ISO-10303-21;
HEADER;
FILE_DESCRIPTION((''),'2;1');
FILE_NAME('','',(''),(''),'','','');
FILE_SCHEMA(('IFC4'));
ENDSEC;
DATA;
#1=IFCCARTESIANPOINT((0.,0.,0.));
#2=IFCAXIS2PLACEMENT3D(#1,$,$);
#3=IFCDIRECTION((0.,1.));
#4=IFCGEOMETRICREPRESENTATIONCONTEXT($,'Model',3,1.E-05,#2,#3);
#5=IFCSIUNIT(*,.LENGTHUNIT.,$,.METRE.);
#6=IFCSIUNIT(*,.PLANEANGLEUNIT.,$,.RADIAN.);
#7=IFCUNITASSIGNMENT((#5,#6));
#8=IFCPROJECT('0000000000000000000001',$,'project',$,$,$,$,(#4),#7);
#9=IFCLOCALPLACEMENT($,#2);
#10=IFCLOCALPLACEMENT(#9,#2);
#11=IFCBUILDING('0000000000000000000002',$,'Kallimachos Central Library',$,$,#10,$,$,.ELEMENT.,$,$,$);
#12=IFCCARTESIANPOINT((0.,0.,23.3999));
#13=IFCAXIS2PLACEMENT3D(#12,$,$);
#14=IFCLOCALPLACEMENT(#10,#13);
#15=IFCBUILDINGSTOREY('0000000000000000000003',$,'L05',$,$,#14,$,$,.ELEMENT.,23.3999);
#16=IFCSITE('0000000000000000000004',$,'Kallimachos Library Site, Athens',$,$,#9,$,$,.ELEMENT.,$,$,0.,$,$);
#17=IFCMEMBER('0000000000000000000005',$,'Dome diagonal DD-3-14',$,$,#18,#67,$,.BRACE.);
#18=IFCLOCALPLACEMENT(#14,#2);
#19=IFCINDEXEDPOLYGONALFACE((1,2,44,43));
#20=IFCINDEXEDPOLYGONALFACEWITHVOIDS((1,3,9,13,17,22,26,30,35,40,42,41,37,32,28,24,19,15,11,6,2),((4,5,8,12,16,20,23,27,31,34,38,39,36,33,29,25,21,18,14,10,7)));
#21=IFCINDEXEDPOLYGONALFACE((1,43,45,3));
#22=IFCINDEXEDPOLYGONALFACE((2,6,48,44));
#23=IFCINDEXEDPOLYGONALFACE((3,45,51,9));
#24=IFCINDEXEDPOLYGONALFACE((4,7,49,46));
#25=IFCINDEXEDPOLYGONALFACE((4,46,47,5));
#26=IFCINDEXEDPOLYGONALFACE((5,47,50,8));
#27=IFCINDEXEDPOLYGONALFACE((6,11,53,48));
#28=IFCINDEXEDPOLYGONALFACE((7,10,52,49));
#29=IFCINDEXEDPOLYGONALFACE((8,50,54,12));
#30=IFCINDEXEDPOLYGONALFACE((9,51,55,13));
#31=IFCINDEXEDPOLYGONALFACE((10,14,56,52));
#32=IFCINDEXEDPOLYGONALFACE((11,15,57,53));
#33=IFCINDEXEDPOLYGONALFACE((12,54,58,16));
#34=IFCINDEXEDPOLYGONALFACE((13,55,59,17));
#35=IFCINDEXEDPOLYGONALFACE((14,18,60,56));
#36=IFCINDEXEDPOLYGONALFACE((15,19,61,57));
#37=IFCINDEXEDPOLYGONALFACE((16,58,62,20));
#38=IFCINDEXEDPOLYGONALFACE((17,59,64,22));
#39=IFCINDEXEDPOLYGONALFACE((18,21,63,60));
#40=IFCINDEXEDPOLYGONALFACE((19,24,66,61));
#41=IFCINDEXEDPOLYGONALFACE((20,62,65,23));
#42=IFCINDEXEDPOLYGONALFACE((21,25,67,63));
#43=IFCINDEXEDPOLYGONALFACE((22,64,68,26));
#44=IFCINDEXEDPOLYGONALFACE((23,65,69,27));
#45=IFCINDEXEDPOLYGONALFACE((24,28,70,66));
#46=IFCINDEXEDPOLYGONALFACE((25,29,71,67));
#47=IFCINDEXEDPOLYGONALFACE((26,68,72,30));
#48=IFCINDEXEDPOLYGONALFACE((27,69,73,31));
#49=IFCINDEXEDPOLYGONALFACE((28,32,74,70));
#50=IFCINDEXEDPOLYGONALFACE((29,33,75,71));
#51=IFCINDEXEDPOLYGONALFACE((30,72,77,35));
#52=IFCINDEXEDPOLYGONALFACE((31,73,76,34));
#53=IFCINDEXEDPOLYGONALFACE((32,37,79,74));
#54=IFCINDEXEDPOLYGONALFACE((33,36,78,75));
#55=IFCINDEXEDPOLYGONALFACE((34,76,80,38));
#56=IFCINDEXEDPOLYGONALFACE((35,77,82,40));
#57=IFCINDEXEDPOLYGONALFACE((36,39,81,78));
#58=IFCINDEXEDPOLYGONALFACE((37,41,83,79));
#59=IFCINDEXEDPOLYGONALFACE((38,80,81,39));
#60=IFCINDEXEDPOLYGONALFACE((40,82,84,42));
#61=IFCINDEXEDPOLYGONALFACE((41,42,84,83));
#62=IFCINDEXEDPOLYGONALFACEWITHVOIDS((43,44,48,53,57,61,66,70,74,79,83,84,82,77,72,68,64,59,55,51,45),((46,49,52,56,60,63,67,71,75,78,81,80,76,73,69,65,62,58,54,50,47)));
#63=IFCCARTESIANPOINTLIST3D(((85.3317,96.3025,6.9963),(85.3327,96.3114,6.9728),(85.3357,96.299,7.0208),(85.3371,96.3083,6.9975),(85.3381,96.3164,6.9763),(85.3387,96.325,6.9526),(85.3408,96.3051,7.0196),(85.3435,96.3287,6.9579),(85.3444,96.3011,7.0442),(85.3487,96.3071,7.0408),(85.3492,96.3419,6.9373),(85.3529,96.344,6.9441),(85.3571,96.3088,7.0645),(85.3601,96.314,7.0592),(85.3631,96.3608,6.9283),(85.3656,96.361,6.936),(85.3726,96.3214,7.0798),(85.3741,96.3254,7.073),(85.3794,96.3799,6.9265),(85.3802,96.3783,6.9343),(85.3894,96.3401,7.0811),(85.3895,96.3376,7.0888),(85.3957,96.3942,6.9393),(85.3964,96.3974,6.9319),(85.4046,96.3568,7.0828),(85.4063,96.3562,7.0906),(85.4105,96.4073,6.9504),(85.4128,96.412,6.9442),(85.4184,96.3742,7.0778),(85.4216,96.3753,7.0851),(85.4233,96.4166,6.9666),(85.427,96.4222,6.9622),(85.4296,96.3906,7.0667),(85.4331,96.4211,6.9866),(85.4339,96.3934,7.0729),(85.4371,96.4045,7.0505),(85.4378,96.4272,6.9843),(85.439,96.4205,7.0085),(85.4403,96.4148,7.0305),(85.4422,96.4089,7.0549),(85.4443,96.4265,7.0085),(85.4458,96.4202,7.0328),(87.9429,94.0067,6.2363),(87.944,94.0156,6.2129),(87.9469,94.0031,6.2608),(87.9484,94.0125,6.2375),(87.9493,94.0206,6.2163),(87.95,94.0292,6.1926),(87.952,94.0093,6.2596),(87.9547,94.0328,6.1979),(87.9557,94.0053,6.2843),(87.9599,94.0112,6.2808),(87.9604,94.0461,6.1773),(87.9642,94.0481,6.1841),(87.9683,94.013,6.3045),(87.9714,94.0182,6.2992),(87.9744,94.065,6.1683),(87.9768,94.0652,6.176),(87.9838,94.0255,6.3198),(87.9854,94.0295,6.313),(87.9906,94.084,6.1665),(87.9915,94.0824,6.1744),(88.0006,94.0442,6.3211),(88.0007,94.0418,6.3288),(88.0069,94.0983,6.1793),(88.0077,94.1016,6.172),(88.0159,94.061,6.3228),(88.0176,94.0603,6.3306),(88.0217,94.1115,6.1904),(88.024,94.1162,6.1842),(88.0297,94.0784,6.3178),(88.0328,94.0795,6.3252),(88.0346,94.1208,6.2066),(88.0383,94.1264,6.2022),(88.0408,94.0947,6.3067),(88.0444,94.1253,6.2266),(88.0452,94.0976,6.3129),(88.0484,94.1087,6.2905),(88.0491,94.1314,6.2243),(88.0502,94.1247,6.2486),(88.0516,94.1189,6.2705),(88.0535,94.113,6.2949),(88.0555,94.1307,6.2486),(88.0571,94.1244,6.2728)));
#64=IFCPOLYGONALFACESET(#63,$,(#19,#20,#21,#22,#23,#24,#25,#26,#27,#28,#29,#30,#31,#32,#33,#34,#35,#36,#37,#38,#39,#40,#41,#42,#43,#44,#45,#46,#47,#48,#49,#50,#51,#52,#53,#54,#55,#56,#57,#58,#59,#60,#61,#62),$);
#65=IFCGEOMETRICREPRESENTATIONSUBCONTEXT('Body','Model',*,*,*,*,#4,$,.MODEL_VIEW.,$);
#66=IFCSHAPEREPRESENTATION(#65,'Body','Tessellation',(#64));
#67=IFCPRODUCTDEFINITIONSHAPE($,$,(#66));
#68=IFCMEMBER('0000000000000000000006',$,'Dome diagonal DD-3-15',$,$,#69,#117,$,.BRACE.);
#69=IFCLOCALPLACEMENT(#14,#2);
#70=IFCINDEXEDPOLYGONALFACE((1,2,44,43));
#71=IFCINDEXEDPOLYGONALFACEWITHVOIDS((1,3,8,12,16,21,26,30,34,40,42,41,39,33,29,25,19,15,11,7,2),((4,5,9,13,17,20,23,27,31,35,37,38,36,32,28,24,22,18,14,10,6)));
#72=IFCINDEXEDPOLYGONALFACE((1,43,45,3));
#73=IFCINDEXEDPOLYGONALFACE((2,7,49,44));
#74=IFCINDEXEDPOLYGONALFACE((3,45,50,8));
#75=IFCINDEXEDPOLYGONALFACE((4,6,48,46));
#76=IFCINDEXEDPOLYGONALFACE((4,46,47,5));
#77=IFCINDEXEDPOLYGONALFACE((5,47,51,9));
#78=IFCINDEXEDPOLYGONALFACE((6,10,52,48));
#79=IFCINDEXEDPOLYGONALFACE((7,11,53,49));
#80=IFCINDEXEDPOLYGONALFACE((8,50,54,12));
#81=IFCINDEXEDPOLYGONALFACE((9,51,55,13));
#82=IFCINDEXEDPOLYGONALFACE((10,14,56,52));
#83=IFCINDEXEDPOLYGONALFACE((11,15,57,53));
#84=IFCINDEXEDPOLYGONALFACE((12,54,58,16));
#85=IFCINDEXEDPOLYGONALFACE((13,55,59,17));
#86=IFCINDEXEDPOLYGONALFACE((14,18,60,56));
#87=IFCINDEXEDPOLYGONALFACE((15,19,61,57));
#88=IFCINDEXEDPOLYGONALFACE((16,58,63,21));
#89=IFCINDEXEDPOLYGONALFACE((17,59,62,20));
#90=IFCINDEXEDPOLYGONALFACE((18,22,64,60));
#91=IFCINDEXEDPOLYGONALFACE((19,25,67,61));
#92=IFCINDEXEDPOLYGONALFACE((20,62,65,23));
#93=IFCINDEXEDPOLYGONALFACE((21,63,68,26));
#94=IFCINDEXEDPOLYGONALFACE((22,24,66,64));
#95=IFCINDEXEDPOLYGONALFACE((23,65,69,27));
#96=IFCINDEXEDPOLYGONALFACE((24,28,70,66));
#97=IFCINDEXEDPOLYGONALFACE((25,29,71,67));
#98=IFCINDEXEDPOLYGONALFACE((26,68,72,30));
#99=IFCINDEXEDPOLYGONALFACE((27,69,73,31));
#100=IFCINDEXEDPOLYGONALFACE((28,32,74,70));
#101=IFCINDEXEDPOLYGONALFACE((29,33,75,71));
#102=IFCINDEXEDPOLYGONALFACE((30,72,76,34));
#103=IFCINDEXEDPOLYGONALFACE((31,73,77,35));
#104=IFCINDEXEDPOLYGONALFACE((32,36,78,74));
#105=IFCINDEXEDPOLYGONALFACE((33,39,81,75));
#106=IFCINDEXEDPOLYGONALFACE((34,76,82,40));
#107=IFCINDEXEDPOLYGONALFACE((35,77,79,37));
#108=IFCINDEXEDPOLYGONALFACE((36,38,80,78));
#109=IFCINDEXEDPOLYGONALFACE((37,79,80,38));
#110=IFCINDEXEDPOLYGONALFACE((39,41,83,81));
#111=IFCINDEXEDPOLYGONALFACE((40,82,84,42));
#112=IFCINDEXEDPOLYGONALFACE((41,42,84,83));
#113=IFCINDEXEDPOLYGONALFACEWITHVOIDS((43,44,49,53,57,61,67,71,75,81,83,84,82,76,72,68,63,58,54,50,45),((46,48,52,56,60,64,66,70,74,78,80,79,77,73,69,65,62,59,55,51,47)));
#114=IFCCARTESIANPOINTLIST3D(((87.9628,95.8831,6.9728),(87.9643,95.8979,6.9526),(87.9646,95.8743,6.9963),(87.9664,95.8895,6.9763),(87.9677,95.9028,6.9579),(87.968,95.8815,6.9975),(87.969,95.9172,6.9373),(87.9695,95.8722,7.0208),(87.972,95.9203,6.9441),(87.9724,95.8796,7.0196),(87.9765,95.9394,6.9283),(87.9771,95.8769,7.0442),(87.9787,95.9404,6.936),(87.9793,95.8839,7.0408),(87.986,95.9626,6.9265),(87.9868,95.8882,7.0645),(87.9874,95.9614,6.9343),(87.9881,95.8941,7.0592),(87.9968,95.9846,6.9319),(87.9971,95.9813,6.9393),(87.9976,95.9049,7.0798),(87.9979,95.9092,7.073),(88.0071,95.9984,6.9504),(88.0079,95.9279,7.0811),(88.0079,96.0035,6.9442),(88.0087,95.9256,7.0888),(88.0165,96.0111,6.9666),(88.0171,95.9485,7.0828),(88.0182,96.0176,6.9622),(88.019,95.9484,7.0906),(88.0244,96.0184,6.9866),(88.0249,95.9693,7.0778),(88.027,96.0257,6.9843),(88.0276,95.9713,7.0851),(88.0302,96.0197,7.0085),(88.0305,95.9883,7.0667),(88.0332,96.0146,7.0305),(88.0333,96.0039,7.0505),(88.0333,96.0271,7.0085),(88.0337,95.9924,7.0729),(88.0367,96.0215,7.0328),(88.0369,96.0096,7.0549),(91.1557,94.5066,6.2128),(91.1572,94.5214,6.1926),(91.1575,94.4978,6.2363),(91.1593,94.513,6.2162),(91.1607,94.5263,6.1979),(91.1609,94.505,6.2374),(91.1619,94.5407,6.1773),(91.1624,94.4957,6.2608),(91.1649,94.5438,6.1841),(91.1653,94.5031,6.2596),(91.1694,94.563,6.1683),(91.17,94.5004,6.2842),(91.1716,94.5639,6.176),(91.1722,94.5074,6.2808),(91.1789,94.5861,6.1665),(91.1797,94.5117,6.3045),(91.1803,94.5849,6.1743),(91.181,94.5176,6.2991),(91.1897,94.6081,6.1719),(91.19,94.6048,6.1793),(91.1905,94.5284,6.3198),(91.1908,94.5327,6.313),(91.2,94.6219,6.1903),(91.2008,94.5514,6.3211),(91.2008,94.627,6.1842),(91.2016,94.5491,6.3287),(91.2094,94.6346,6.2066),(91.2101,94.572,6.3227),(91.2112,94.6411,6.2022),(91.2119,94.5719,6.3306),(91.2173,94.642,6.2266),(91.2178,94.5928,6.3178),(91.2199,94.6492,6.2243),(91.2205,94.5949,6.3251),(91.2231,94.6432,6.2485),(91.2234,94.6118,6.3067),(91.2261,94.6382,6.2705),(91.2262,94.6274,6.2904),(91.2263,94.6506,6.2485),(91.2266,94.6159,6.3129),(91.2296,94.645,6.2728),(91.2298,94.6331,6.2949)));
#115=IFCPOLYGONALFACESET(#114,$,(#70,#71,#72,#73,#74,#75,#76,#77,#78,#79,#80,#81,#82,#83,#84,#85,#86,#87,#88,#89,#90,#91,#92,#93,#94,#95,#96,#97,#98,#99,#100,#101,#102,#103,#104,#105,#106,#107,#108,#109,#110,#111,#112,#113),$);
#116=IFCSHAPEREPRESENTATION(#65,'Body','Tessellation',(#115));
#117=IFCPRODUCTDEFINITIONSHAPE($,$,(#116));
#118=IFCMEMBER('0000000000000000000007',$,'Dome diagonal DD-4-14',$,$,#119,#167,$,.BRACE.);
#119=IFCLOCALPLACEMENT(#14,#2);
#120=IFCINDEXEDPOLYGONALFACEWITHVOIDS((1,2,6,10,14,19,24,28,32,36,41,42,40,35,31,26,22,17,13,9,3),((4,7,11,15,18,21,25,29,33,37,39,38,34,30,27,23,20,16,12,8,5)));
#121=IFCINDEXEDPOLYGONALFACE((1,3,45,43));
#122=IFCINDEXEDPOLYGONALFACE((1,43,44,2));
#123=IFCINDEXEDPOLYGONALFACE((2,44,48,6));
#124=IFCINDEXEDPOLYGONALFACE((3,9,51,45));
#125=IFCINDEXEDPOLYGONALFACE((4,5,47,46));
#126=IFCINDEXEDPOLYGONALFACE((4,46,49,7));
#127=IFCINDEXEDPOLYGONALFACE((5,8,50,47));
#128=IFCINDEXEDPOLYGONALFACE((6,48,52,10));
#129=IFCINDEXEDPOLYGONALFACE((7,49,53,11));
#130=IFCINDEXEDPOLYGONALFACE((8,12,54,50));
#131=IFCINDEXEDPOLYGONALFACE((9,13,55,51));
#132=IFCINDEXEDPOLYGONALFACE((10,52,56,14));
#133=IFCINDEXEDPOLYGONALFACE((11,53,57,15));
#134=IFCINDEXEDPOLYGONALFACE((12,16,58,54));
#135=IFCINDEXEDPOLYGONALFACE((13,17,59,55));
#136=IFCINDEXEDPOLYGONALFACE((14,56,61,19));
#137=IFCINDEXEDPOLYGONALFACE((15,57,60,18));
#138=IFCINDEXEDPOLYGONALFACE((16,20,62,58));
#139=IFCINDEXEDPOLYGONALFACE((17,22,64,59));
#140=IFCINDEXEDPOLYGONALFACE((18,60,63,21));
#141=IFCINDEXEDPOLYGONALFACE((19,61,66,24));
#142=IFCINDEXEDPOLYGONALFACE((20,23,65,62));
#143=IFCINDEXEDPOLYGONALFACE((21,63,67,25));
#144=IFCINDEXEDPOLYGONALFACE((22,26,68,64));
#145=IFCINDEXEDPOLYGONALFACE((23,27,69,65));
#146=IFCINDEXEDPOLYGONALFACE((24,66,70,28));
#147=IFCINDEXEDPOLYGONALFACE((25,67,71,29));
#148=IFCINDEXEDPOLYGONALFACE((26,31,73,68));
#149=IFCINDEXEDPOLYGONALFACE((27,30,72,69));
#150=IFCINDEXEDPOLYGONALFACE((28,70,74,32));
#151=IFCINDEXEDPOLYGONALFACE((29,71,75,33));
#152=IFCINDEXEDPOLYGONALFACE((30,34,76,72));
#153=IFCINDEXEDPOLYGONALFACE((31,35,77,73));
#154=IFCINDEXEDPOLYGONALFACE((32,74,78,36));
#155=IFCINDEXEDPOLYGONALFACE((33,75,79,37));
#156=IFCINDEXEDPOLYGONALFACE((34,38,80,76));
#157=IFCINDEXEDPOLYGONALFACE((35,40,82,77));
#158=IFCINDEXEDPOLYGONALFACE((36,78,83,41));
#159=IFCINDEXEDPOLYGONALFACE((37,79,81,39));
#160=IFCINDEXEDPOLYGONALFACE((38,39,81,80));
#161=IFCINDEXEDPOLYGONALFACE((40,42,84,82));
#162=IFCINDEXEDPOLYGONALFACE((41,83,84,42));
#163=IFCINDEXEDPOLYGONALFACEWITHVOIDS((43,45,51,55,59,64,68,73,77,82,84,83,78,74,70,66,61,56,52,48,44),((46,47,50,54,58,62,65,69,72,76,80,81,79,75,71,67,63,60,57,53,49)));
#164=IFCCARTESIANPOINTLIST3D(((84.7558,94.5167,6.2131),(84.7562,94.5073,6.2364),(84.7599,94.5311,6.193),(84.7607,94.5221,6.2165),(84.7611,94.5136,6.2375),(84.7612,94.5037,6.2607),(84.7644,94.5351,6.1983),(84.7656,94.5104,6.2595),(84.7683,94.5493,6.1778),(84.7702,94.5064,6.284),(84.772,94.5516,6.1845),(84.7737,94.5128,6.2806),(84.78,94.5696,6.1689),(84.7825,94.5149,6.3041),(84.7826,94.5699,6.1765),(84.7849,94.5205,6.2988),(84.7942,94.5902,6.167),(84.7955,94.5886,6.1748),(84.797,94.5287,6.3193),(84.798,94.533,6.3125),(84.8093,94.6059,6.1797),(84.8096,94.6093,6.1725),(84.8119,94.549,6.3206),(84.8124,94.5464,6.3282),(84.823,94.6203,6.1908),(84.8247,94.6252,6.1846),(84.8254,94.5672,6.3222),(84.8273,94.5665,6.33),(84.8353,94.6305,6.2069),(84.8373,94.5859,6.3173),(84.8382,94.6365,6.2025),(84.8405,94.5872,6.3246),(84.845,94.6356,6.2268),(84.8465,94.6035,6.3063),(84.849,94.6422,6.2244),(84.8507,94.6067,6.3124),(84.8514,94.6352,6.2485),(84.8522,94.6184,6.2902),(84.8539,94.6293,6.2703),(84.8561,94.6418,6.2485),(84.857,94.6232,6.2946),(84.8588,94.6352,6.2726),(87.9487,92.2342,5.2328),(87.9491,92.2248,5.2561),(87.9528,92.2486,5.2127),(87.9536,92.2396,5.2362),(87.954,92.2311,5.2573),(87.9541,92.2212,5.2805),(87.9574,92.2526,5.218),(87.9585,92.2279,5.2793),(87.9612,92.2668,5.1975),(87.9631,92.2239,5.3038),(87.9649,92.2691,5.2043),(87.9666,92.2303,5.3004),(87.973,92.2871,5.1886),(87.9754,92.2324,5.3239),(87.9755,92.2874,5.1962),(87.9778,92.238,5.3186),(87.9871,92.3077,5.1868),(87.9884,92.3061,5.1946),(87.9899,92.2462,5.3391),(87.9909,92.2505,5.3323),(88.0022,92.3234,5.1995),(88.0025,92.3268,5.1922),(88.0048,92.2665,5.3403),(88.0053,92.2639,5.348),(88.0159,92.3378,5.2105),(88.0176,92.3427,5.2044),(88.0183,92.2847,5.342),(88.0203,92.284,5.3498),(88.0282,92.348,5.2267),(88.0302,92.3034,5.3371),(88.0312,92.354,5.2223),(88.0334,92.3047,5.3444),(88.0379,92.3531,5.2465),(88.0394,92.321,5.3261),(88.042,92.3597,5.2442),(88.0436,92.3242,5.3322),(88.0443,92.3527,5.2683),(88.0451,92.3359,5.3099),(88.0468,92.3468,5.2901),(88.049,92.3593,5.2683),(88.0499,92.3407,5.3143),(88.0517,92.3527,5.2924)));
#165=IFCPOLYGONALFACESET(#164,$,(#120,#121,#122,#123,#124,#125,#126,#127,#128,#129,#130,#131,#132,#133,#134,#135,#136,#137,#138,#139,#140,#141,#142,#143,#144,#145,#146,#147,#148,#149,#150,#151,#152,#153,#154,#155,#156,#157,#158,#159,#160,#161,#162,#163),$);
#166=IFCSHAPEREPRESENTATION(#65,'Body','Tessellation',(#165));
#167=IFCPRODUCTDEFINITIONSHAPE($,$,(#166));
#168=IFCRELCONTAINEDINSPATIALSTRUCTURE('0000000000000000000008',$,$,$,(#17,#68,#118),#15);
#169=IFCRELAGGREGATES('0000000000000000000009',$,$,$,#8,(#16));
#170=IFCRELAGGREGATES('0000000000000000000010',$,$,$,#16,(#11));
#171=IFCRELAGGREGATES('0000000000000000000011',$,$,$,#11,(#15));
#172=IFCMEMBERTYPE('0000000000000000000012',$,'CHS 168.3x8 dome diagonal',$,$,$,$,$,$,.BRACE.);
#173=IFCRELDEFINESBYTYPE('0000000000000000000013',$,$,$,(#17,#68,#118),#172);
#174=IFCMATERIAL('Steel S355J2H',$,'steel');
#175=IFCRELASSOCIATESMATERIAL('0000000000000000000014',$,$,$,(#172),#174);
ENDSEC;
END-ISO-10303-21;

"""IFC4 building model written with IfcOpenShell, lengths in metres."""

from ifc_helpers import new_model, si_unit, direction, frame, origin, origin_2d, place, context, subcontext, project, spatial, hollow_circle, extrude, material, material_profile, profile_set, type_object, element, save


model = new_model("IFC4")

# Units and contexts
model_context = context("Model", 3, precision=1e-05, world=origin(), true_north=direction((0.0, 1.0)))
body_context = subcontext(model_context, "Body", "Model", "MODEL_VIEW")
ifc_project = project(units=[si_unit("LENGTHUNIT", "METRE"), si_unit("PLANEANGLEUNIT", "RADIAN")], contexts=[model_context])

# Site, building, storey
site_placement = place(None, origin())
site = spatial("IfcSite", under=ifc_project, at=site_placement, Name="Kallimachos Library Site, Athens", CompositionType="ELEMENT", RefElevation=0.0)
building_placement = place(site_placement, origin())
building = spatial("IfcBuilding", under=site, at=building_placement, Name="Kallimachos Central Library", CompositionType="ELEMENT")
storey_placement = place(building_placement, frame((0.0, 0.0, 23.3999)))
storey = spatial("IfcBuildingStorey", under=building, at=storey_placement, Name="L05", CompositionType="ELEMENT", Elevation=23.3999)

# Members
ifc_material_1 = material(Name="Steel S355J2H", Category="steel")
ifc_material_profile_1 = material_profile(ifc_material_1, hollow_circle(Radius=0.0842, WallThickness=0.0081, at=origin_2d()), Name="CHS 168.3x8")
ifc_profile_set_1 = profile_set([ifc_material_profile_1], Name="Steel S355J2H")
member_type_1 = type_object("IfcMemberType", Name="CHS 168.3x8 dome diagonal", PredefinedType="BRACE", material=ifc_profile_set_1)
for number, where, z_axis, x_axis, name in (
    (1, (85.3887, 96.3633, 7.0085), (0.733687, -0.645063, -0.213535), (0.660292, 0.751009, 0.0), "Dome diagonal DD-3-14"),
    (2, (88.0, 95.9497, 7.0085), (0.897118, -0.386753, -0.213544), (0.395884, 0.9183, 0.0), "Dome diagonal DD-3-15"),
):
    element("IfcMember", number, at=place(storey_placement, frame(where, z_axis=z_axis, x_axis=x_axis)), inside=storey, type_object=member_type_1, Name=name, PredefinedType="BRACE", context=body_context, shape_type="SweptSolid", body=[
        extrude(hollow_circle(Radius=0.0842, WallThickness=0.0081, at=origin_2d()), origin(), (0.0, 0.0, 1.0), 3.5591),
    ])
for number, where, z_axis, x_axis, name in (
    (3, (84.8071, 94.5732, 6.2485), (0.789267, -0.564219, -0.242308), (0.58155, 0.813511, 0.0), "Dome diagonal DD-4-14"),
):
    element("IfcMember", number, at=place(storey_placement, frame(where, z_axis=z_axis, x_axis=x_axis)), inside=storey, type_object=member_type_1, Name=name, PredefinedType="BRACE", context=body_context, shape_type="SweptSolid", body=[
        extrude(hollow_circle(Radius=0.0842, WallThickness=0.0081, at=origin_2d()), origin(), (0.0, 0.0, 1.0), 4.0454),
    ])

save(model, "model.ifc")
